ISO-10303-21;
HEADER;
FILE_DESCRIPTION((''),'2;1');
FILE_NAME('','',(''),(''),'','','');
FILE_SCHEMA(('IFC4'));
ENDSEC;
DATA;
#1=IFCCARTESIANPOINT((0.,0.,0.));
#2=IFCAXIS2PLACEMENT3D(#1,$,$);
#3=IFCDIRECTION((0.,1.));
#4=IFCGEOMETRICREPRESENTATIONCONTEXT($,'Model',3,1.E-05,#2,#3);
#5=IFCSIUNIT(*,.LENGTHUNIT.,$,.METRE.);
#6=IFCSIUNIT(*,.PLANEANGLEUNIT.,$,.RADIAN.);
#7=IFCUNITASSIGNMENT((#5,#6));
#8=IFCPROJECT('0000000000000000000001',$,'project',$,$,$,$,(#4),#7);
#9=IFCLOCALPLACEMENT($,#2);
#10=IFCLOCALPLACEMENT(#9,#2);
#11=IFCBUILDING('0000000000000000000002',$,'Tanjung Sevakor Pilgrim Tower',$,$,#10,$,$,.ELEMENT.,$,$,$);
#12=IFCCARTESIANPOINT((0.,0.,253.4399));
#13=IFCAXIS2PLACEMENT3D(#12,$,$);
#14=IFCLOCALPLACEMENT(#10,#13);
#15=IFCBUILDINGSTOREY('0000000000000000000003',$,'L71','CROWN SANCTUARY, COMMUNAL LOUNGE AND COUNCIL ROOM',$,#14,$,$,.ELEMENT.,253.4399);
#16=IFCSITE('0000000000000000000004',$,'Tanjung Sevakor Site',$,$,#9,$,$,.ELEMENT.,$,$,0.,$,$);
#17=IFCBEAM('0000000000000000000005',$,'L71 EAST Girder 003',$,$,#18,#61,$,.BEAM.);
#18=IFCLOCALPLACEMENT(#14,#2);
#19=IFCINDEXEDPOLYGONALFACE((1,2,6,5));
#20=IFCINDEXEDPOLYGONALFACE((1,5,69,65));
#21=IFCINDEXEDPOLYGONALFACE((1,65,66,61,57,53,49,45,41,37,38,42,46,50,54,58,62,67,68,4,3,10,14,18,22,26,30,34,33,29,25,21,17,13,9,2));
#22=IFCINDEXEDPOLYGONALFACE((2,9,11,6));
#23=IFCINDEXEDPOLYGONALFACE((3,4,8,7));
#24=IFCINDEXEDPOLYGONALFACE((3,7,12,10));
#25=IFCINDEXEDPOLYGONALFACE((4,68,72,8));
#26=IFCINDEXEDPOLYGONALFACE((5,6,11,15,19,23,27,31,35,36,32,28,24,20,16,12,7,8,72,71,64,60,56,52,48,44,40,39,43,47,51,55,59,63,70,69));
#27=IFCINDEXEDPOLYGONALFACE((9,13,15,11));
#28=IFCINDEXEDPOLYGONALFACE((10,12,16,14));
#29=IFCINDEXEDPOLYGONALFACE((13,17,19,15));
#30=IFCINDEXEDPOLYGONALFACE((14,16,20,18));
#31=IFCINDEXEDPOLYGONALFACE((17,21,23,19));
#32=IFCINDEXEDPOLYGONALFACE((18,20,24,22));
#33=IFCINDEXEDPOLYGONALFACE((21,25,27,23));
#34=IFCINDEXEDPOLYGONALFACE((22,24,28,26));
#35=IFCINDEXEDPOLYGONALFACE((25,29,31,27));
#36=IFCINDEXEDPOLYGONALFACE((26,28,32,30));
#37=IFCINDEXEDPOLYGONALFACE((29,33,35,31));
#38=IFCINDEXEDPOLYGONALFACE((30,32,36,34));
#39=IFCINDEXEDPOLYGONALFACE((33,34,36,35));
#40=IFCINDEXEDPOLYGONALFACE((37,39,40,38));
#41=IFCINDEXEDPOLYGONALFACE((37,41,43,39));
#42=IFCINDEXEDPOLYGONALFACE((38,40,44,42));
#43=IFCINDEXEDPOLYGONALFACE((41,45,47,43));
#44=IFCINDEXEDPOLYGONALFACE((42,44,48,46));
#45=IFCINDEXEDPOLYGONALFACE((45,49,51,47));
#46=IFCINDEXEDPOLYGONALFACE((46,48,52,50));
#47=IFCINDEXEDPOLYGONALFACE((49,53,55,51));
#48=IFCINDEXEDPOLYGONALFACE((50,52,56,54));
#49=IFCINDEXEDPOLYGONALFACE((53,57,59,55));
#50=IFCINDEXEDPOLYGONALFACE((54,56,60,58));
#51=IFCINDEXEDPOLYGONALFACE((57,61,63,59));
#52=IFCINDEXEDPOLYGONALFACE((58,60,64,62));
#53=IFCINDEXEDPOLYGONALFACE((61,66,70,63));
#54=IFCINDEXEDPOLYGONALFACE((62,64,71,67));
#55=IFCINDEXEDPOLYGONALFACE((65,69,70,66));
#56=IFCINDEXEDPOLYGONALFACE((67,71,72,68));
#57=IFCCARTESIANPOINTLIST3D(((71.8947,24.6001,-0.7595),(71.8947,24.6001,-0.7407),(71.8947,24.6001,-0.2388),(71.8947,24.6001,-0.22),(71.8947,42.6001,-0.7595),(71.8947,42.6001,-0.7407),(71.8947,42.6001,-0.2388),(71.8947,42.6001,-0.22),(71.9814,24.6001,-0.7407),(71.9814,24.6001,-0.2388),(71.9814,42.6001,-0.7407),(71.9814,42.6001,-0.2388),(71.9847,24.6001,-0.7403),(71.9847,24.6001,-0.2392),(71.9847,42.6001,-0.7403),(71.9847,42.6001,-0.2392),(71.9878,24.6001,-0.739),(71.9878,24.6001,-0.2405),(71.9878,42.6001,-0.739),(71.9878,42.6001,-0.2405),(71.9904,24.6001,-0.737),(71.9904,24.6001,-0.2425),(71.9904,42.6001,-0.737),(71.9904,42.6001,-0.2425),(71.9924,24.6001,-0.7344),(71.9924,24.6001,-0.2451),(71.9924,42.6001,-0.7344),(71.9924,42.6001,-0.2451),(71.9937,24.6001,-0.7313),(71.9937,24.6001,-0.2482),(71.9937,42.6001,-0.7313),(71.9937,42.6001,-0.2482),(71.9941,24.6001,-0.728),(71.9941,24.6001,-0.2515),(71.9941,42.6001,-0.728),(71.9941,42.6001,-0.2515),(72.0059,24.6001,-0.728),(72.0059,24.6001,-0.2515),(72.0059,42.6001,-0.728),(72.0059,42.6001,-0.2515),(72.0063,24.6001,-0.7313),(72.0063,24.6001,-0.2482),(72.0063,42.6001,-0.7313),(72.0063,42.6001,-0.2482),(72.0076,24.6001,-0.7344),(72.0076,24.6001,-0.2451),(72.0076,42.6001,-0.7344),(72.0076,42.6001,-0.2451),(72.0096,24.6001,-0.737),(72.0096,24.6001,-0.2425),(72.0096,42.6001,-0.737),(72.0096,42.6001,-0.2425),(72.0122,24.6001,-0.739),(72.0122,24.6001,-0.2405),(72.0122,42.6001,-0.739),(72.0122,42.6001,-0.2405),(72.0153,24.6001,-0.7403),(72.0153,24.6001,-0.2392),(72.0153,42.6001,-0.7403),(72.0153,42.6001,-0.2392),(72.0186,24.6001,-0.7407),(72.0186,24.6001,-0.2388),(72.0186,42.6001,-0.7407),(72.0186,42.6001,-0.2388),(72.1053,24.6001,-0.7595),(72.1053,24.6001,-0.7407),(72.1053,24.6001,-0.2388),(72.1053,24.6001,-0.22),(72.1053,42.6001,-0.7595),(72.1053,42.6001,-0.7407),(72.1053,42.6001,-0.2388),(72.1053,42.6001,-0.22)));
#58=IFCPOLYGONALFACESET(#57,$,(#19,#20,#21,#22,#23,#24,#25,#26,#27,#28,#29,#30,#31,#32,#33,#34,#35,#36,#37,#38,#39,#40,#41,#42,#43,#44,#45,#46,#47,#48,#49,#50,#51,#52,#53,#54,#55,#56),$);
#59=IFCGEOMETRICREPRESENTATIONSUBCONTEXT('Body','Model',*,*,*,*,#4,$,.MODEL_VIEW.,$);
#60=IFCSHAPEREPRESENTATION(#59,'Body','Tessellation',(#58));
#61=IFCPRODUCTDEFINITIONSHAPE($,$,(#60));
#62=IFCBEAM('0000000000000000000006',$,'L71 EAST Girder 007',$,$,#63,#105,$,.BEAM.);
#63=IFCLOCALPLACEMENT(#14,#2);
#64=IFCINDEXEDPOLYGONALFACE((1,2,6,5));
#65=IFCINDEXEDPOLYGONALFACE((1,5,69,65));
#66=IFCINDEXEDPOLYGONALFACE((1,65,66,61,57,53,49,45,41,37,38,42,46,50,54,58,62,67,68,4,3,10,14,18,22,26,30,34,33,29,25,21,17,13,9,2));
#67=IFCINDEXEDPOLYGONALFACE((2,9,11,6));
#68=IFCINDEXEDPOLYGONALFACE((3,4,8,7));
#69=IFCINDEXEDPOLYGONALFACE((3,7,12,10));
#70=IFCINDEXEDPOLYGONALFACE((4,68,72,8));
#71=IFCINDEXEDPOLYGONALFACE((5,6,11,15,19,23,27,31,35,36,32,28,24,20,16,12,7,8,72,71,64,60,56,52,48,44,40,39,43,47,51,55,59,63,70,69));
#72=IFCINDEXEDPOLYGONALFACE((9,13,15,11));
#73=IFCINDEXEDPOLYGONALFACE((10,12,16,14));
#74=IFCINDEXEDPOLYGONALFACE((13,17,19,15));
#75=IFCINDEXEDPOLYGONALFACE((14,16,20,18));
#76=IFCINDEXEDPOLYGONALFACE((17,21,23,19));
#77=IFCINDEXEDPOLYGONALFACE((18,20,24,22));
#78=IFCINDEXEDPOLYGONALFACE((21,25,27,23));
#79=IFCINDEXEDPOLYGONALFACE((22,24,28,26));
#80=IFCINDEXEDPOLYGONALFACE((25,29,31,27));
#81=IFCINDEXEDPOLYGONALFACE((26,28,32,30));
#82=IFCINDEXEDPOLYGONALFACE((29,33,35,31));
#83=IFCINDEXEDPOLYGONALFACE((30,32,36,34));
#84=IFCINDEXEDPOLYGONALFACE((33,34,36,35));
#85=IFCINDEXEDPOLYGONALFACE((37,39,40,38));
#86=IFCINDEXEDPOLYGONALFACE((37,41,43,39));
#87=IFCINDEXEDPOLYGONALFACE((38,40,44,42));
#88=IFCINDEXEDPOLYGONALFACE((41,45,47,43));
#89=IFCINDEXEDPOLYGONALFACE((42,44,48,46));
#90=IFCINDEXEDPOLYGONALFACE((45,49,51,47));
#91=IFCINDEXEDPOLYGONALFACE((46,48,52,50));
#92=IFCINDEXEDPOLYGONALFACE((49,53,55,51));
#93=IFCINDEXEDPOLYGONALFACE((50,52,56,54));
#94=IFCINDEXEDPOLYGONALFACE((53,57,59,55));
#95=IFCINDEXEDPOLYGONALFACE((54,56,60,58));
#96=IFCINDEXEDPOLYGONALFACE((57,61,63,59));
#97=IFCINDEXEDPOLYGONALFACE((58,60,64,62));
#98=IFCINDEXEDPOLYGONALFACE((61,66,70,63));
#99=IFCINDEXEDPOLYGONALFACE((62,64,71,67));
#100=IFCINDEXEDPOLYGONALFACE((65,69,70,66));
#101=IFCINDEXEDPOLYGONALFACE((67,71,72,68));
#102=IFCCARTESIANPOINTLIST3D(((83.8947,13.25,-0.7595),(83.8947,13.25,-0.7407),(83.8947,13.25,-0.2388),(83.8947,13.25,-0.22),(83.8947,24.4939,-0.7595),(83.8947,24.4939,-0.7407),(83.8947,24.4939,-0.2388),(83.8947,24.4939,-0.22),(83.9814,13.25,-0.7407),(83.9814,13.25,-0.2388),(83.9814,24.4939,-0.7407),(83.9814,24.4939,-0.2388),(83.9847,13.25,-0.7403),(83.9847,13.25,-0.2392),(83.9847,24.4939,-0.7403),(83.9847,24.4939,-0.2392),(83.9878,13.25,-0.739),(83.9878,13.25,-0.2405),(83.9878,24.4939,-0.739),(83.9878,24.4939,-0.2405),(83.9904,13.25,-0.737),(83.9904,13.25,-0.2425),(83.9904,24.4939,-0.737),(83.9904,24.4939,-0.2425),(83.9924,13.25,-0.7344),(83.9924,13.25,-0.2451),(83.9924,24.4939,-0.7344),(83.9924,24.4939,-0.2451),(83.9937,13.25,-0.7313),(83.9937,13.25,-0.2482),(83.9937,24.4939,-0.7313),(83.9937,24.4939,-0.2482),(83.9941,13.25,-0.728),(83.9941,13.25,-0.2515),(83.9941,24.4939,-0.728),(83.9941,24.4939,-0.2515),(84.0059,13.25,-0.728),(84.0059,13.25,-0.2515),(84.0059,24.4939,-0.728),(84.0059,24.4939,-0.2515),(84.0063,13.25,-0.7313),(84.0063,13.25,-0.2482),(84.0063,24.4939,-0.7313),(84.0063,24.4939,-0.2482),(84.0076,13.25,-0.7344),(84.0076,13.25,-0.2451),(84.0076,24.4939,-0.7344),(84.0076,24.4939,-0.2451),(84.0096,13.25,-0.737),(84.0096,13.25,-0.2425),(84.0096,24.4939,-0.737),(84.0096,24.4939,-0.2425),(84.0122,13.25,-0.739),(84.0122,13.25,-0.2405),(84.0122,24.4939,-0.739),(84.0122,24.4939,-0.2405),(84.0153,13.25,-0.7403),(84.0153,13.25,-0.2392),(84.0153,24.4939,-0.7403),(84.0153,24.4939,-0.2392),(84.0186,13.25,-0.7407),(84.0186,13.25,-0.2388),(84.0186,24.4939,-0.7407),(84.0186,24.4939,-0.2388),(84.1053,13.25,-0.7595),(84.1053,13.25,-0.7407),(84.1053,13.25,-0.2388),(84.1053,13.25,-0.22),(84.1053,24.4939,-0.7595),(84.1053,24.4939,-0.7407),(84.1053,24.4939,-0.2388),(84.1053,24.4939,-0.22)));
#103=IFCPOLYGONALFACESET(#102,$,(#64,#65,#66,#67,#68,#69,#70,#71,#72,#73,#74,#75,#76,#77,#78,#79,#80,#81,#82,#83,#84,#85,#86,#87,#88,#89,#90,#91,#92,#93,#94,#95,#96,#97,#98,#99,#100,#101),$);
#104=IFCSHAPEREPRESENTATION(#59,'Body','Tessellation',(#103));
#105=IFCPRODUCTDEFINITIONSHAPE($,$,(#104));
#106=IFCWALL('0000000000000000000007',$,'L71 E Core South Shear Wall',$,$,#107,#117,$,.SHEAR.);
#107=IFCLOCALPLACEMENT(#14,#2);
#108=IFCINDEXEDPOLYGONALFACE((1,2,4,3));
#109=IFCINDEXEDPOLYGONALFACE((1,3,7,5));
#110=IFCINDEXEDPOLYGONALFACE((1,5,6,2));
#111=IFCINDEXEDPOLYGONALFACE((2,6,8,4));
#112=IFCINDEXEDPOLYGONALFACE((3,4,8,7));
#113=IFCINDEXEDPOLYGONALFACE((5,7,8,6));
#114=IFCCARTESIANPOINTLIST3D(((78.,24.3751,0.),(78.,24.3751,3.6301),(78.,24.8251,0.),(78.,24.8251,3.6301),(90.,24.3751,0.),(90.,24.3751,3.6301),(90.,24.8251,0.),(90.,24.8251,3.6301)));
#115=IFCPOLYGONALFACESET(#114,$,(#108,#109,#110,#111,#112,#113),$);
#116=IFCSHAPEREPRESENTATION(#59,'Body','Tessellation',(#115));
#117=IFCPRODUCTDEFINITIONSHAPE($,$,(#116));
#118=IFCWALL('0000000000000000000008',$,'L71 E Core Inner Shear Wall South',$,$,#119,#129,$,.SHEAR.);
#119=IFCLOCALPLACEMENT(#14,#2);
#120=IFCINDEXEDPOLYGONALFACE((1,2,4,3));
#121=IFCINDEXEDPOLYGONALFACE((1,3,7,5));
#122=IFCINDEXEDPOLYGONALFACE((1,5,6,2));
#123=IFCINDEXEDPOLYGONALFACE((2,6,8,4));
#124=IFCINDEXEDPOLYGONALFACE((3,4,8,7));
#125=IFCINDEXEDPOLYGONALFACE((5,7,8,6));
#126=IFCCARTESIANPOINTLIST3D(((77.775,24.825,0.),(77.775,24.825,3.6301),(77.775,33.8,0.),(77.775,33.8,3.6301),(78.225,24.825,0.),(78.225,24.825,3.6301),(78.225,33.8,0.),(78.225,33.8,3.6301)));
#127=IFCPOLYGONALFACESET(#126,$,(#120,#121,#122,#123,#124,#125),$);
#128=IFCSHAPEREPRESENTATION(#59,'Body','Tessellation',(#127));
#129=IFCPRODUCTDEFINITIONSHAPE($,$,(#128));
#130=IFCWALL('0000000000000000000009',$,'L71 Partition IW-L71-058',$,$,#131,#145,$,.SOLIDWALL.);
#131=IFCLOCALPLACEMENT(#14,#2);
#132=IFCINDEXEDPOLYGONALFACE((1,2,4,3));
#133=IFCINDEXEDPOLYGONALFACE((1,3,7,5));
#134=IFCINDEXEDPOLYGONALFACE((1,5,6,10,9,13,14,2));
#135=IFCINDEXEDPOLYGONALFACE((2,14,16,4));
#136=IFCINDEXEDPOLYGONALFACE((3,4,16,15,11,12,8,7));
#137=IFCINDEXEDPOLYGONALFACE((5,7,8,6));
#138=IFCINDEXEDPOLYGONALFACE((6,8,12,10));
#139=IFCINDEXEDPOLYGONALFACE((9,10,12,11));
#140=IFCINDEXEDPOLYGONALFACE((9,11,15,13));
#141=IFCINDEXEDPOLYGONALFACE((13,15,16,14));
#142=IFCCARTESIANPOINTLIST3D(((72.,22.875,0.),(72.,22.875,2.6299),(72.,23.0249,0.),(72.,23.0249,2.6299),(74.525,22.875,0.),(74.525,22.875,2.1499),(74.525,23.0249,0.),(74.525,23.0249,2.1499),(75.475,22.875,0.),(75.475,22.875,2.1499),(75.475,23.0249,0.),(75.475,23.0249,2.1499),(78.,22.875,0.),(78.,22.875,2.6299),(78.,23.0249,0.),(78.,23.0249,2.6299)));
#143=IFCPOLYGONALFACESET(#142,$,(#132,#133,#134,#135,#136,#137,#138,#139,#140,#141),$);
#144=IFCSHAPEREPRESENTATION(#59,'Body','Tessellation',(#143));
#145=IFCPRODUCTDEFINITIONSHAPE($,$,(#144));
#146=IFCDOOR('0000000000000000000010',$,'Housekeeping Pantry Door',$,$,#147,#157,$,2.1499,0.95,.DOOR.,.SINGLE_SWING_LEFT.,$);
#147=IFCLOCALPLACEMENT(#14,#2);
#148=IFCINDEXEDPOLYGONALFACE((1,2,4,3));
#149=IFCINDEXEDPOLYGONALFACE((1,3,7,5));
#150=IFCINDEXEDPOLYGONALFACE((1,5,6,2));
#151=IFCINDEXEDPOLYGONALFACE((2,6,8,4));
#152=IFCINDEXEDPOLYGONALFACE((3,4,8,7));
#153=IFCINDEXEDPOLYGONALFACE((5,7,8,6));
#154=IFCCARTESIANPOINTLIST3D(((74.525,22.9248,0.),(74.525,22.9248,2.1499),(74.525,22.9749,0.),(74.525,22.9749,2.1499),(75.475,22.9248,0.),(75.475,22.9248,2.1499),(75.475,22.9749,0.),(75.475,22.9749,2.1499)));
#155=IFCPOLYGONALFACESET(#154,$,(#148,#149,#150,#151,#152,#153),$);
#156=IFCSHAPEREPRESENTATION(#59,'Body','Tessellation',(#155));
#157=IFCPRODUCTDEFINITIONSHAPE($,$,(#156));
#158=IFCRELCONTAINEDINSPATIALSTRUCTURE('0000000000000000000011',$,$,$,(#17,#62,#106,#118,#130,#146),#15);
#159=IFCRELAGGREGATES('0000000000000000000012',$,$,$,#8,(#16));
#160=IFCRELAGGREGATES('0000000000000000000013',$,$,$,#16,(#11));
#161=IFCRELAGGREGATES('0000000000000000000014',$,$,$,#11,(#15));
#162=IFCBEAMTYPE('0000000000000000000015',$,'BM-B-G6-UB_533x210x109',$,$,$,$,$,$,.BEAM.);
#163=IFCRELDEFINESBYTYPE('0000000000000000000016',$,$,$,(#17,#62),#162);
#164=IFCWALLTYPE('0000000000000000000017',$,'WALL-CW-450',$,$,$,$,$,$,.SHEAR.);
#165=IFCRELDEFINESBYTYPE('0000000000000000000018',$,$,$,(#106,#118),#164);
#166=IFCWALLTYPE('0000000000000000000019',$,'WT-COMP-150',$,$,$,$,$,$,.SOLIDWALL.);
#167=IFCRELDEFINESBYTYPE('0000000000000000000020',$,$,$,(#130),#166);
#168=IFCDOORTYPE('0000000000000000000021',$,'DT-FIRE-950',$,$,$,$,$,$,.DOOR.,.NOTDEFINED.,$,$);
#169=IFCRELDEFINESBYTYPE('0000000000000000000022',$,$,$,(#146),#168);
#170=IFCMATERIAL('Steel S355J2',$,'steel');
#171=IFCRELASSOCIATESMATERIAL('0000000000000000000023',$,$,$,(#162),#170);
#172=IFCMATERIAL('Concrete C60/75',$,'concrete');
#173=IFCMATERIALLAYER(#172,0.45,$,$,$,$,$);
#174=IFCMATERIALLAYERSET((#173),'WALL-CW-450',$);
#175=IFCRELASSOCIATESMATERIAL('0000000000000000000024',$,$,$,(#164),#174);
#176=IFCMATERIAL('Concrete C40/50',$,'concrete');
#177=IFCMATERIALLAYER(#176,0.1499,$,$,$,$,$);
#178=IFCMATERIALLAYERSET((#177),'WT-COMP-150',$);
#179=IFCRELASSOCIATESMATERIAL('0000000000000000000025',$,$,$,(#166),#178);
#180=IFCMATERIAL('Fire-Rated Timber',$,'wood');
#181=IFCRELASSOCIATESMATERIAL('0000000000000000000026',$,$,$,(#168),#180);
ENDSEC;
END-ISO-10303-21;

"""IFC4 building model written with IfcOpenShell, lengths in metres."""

from ifc_helpers import new_model, si_unit, direction, frame, frame_2d, origin, origin_2d, place, context, subcontext, project, spatial, rectangle, i_section, extrude, material, layer, layer_set, material_profile, profile_set, type_object, element, fill, save


model = new_model("IFC4")

# Units and contexts
model_context = context("Model", 3, precision=1e-05, world=origin(), true_north=direction((0.0, 1.0)))
body_context = subcontext(model_context, "Body", "Model", "MODEL_VIEW")
ifc_project = project(units=[si_unit("LENGTHUNIT", "METRE"), si_unit("PLANEANGLEUNIT", "RADIAN")], contexts=[model_context])

# Site, building, storey
site_placement = place(None, origin())
site = spatial("IfcSite", under=ifc_project, at=site_placement, Name="Tanjung Sevakor Site", CompositionType="ELEMENT", RefElevation=0.0)
building_placement = place(site_placement, origin())
building = spatial("IfcBuilding", under=site, at=building_placement, Name="Tanjung Sevakor Pilgrim Tower", CompositionType="ELEMENT")
storey_placement = place(building_placement, frame((0.0, 0.0, 253.4399)))
storey = spatial("IfcBuildingStorey", under=building, at=storey_placement, Name="L71", Description="CROWN SANCTUARY, COMMUNAL LOUNGE AND COUNCIL ROOM", CompositionType="ELEMENT", Elevation=253.4399)

# Beams
ifc_material_1 = material(Name="Steel S355J2", Category="steel")
ifc_material_profile = material_profile(ifc_material_1, i_section(OverallWidth=0.2107, OverallDepth=0.5396, WebThickness=0.0117, FlangeThickness=0.0188, FilletRadius=0.0127, at=origin_2d()))
ifc_profile_set = profile_set([ifc_material_profile], Name="Steel S355J2")
beam_type = type_object("IfcBeamType", Name="BM-B-G6-UB_533x210x109", PredefinedType="BEAM", material=ifc_profile_set)
beam_1_placement = place(storey_placement, frame((72.0, 24.6001, -0.4897), z_axis=(0.0, 1.0, 0.0), x_axis=(-1.0, 0.0, 0.0)))
element("IfcBeam", 1, at=beam_1_placement, inside=storey, type_object=beam_type, Name="L71 EAST Girder 003", PredefinedType="BEAM", context=body_context, shape_type="SweptSolid", body=[
    extrude(i_section(OverallWidth=0.2107, OverallDepth=0.5396, WebThickness=0.0117, FlangeThickness=0.0188, FilletRadius=0.0127, at=origin_2d()), origin(), (0.0, 0.0, 1.0), 18.0),
])
beam_2_placement = place(storey_placement, frame((84.0, 13.25, -0.4897), z_axis=(0.0, 1.0, 0.0), x_axis=(-1.0, 0.0, 0.0)))
element("IfcBeam", 2, at=beam_2_placement, inside=storey, type_object=beam_type, Name="L71 EAST Girder 007", PredefinedType="BEAM", context=body_context, shape_type="SweptSolid", body=[
    extrude(i_section(OverallWidth=0.2107, OverallDepth=0.5396, WebThickness=0.0117, FlangeThickness=0.0188, FilletRadius=0.0127, at=origin_2d()), origin(), (0.0, 0.0, 1.0), 11.2439),
])

# Walls
ifc_material_2 = material(Name="Concrete C60/75", Category="concrete")
ifc_layer_1 = layer(ifc_material_2, 0.45)
ifc_layer_set_1 = layer_set([ifc_layer_1], Name="WALL-CW-450")
wall_type_1 = type_object("IfcWallType", Name="WALL-CW-450", PredefinedType="SHEAR", material=ifc_layer_set_1)
wall_1_placement = place(storey_placement, frame((78.0, 24.6001, 0.0), z_axis=(0.0, 0.0, 1.0), x_axis=(1.0, 0.0, 0.0)))
element("IfcWall", 3, at=wall_1_placement, inside=storey, type_object=wall_type_1, Name="L71 E Core South Shear Wall", PredefinedType="SHEAR", context=body_context, shape_type="SweptSolid", body=[
    extrude(rectangle(XDim=12.0, YDim=0.45, at=frame_2d((6.0, 0.0))), origin(), (0.0, 0.0, 1.0), 3.6301),
])
wall_2_placement = place(storey_placement, frame((78.0, 24.825, 0.0), z_axis=(0.0, 0.0, 1.0), x_axis=(0.0, 1.0, 0.0)))
element("IfcWall", 4, at=wall_2_placement, inside=storey, type_object=wall_type_1, Name="L71 E Core Inner Shear Wall South", PredefinedType="SHEAR", context=body_context, shape_type="SweptSolid", body=[
    extrude(rectangle(XDim=8.9751, YDim=0.45, at=frame_2d((4.4875, 0.0))), origin(), (0.0, 0.0, 1.0), 3.6301),
])

# Wall, opening, door
ifc_material_3 = material(Name="Concrete C40/50", Category="concrete")
ifc_layer_2 = layer(ifc_material_3, 0.1499)
ifc_layer_set_2 = layer_set([ifc_layer_2], Name="WT-COMP-150")
wall_type_2 = type_object("IfcWallType", Name="WT-COMP-150", PredefinedType="SOLIDWALL", material=ifc_layer_set_2)
wall_3_placement = place(storey_placement, frame((72.0, 22.95, 0.0), z_axis=(0.0, 0.0, 1.0), x_axis=(1.0, 0.0, 0.0)))
wall_3 = element("IfcWall", 5, at=wall_3_placement, inside=storey, type_object=wall_type_2, Name="L71 Partition IW-L71-058", PredefinedType="SOLIDWALL", context=body_context, shape_type="SweptSolid", body=[
    extrude(rectangle(XDim=6.0, YDim=0.1499, at=frame_2d((3.0, 0.0))), origin(), (0.0, 0.0, 1.0), 2.6299),
])
opening_1_placement = place(wall_3_placement, frame((2.5249, 0.0, 0.0)))
opening_1 = element("IfcOpeningElement", 6, at=opening_1_placement, cuts=wall_3, PredefinedType="OPENING", context=body_context, shape_type="SweptSolid", body=[
    extrude(rectangle(XDim=0.95, YDim=2.1499, at=frame_2d((0.4751, 1.075))), frame((0.0, 0.085, 0.0), z_axis=(0.0, -1.0, 0.0), x_axis=(1.0, 0.0, 0.0)), (0.0, 0.0, 1.0), 0.1699),
])
ifc_material_4 = material(Name="Fire-Rated Timber", Category="wood")
door_type_1 = type_object("IfcDoorType", Name="DT-FIRE-950", OperationType="NOTDEFINED", PredefinedType="DOOR", material=ifc_material_4)
door_1_placement = place(opening_1_placement, origin())
door_1 = element("IfcDoor", 7, at=door_1_placement, inside=storey, type_object=door_type_1, Name="Housekeeping Pantry Door", OperationType="SINGLE_SWING_LEFT", OverallHeight=2.1499, OverallWidth=0.95, PredefinedType="DOOR", context=body_context, shape_type="SweptSolid", body=[
    extrude(rectangle(XDim=0.95, YDim=2.1499, at=frame_2d((0.4751, 1.075))), frame((0.0, 0.0249, 0.0), z_axis=(0.0, -1.0, 0.0), x_axis=(1.0, 0.0, 0.0)), (0.0, 0.0, 1.0), 0.05),
])
fill(opening_1, door_1)

save(model, "model.ifc")
